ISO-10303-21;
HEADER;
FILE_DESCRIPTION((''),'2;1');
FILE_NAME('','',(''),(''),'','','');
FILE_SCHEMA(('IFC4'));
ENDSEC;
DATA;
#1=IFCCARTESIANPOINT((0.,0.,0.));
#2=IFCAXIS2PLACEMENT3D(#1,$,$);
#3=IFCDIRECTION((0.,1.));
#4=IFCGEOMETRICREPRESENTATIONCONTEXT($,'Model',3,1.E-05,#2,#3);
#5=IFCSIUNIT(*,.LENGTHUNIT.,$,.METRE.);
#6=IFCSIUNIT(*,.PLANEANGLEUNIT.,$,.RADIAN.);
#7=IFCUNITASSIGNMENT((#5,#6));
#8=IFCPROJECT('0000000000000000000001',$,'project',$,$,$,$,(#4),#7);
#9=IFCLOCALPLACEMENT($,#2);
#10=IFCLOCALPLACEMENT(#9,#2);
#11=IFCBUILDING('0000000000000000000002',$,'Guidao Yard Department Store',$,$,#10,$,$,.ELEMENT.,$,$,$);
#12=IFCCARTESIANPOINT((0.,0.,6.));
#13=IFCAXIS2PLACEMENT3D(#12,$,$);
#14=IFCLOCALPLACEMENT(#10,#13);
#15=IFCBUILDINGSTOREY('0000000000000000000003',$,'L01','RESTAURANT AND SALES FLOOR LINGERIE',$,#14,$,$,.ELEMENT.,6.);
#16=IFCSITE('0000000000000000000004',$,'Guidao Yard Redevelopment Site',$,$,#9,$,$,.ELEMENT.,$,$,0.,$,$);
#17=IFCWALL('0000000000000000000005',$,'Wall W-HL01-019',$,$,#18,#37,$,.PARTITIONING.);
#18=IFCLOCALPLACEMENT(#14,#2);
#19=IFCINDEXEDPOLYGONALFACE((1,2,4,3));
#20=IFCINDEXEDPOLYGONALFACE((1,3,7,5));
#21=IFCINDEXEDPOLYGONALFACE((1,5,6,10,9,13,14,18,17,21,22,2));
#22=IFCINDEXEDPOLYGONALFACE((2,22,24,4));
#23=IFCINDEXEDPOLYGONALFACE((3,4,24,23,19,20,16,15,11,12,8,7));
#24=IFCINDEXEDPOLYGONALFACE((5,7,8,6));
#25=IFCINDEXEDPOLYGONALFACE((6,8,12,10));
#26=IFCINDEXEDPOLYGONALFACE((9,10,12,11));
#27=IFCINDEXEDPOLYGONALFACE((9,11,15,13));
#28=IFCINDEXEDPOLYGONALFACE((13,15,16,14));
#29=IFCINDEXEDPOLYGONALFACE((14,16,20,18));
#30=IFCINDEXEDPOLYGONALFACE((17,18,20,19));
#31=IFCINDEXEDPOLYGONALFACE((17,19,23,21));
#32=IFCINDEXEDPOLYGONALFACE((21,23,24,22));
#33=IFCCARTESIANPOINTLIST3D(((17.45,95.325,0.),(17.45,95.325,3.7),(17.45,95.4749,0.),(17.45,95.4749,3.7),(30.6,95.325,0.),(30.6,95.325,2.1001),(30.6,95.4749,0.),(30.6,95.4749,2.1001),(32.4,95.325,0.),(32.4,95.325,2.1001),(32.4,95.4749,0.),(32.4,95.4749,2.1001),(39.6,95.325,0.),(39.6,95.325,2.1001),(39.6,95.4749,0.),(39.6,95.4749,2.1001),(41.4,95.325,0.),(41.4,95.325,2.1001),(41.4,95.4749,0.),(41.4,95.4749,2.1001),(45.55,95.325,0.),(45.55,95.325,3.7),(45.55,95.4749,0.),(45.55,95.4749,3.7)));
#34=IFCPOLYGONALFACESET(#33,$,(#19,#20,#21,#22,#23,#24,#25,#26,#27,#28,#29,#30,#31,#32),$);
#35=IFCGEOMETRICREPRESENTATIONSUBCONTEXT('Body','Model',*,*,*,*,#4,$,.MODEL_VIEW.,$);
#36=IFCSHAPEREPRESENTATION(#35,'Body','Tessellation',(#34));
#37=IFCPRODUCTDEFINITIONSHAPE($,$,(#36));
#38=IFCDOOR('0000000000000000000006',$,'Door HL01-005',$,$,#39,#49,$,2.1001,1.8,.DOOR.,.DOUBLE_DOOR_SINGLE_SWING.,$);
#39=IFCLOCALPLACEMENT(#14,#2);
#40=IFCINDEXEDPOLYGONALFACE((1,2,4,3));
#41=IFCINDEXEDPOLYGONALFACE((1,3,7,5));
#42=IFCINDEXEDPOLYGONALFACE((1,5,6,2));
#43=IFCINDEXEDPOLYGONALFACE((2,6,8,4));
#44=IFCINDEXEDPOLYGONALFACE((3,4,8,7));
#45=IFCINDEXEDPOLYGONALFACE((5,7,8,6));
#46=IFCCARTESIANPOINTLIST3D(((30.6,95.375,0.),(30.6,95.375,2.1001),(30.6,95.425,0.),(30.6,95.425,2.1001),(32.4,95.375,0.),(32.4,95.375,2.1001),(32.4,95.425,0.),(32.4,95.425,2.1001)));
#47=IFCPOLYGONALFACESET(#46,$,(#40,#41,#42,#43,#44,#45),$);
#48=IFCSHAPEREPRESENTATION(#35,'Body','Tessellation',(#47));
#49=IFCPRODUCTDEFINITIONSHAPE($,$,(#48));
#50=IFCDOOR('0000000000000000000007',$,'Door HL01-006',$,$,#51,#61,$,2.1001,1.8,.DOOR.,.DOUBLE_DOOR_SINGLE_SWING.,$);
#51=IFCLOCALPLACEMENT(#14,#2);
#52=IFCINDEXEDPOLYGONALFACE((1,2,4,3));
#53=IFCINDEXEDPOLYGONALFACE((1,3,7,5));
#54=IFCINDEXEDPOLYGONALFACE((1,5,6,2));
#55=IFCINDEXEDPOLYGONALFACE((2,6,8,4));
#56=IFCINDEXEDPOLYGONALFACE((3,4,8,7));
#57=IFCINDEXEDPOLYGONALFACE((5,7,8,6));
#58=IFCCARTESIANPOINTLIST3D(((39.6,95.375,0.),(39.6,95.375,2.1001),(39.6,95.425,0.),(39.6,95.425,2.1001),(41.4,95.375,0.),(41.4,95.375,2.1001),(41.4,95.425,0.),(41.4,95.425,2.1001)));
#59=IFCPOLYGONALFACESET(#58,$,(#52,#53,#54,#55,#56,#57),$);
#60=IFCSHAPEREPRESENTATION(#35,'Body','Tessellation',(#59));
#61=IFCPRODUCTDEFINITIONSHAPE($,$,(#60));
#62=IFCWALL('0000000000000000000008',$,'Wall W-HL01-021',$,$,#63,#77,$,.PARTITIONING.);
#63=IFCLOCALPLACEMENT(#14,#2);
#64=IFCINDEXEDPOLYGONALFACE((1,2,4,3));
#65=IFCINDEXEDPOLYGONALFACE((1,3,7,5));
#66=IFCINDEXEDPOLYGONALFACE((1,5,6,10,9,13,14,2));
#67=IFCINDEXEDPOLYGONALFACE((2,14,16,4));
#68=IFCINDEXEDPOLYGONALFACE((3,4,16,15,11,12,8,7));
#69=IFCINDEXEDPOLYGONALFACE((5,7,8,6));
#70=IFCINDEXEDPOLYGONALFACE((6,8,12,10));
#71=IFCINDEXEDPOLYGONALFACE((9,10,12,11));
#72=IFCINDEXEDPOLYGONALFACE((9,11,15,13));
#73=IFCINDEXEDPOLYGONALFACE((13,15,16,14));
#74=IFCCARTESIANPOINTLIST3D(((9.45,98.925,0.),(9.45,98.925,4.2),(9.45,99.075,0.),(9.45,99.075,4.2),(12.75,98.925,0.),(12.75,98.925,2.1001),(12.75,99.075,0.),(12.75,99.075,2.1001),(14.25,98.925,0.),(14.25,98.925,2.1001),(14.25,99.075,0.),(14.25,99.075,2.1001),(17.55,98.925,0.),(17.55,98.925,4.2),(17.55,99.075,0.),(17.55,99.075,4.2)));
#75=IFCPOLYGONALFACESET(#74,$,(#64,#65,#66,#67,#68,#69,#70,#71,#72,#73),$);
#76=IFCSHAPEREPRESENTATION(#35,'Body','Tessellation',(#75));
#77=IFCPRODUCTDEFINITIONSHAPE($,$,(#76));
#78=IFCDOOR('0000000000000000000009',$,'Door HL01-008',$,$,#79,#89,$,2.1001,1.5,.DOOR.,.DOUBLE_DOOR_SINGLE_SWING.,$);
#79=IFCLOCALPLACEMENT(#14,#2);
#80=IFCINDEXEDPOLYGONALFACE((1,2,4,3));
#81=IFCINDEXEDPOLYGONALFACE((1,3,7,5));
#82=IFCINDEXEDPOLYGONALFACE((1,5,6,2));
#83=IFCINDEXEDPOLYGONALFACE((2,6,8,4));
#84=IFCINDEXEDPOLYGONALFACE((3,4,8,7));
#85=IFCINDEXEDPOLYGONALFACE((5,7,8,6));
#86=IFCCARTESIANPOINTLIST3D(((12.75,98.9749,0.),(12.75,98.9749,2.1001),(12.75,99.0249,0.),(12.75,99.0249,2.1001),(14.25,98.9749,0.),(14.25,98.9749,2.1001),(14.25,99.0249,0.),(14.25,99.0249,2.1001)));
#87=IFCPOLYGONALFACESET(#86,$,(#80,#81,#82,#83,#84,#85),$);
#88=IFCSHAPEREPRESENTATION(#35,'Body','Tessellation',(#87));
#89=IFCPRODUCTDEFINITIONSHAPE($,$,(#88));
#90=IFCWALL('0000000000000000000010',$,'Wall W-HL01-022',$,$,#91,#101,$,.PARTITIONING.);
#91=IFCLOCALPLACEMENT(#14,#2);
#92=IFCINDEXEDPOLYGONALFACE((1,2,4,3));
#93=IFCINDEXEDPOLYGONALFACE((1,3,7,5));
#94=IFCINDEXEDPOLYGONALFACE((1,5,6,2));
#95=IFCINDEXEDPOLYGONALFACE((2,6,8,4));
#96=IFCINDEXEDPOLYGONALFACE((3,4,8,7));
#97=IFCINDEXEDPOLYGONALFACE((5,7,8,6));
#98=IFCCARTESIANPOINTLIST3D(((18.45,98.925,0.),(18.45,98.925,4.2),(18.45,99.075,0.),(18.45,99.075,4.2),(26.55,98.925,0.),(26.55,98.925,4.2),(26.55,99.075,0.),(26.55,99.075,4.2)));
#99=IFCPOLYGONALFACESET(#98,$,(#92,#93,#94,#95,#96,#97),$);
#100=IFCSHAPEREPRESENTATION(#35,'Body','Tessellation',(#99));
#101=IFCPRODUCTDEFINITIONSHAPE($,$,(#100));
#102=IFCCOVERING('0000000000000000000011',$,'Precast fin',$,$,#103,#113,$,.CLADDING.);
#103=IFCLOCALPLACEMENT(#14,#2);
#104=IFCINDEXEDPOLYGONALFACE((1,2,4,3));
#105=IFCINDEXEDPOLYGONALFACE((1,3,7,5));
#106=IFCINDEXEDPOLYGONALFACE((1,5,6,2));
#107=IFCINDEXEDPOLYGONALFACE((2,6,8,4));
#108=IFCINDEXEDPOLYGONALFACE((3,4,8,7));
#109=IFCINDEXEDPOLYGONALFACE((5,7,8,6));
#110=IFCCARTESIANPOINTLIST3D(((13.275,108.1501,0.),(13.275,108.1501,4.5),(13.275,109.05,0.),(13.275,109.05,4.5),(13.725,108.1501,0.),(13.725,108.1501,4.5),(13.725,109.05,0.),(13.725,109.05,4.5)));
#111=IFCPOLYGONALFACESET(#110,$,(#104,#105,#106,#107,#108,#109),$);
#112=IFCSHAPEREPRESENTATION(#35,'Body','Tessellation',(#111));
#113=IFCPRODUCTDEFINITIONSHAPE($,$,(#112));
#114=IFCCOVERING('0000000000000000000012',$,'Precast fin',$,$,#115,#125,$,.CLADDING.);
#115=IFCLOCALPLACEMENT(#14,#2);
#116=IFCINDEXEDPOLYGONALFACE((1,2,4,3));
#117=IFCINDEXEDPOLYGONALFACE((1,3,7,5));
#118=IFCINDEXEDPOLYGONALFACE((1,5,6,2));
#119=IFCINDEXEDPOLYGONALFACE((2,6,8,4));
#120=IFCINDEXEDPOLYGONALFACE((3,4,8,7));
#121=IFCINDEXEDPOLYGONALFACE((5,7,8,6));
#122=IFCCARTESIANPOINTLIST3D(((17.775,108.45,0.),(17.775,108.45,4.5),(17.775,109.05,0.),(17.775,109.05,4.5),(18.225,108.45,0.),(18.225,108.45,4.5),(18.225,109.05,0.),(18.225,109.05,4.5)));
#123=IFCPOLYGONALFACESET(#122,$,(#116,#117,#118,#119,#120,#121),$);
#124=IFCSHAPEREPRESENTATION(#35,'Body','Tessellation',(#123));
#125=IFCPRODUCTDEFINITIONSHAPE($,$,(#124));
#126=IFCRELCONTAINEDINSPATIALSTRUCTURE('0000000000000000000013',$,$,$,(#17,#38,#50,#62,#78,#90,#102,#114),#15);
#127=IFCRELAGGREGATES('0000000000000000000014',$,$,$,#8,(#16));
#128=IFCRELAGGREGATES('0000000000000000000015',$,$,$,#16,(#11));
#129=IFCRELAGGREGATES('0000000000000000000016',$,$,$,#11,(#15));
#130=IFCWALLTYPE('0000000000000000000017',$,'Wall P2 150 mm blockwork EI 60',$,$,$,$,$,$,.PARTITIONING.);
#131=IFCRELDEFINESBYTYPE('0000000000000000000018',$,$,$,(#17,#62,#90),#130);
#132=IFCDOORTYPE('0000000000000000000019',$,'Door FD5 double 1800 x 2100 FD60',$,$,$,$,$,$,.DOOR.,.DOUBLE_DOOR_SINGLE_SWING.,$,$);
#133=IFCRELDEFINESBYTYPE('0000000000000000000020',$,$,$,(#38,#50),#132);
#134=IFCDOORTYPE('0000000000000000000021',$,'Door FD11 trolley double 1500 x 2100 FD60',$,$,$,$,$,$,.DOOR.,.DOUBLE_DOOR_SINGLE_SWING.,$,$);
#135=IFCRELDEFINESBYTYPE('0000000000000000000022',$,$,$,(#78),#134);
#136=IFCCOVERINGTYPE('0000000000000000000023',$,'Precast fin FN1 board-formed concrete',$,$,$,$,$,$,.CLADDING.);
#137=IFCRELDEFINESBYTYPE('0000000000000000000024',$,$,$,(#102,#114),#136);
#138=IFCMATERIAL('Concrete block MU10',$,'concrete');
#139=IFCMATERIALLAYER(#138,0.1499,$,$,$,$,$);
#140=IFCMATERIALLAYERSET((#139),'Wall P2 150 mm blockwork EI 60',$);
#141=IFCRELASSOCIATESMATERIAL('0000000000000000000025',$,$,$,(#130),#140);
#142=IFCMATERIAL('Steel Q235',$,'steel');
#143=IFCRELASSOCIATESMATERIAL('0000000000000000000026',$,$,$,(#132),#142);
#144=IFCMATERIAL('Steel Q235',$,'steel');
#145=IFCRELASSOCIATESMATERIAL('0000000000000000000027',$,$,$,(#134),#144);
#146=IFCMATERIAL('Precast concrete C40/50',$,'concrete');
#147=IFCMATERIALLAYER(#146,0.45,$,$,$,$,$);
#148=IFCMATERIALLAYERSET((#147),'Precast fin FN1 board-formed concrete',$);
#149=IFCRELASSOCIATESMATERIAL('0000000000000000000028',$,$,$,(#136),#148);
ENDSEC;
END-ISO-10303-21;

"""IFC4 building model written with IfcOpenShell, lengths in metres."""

from ifc_helpers import new_model, si_unit, direction, frame, frame_2d, origin, origin_2d, place, context, subcontext, project, spatial, rectangle, extrude, material, layer, layer_set, type_object, element, fill, save


model = new_model("IFC4")

# Units and contexts
model_context = context("Model", 3, precision=1e-05, world=origin(), true_north=direction((0.0, 1.0)))
body_context = subcontext(model_context, "Body", "Model", "MODEL_VIEW")
ifc_project = project(units=[si_unit("LENGTHUNIT", "METRE"), si_unit("PLANEANGLEUNIT", "RADIAN")], contexts=[model_context])

# Site, building, storey
site_placement = place(None, origin())
site = spatial("IfcSite", under=ifc_project, at=site_placement, Name="Guidao Yard Redevelopment Site", CompositionType="ELEMENT", RefElevation=0.0)
building_placement = place(site_placement, origin())
building = spatial("IfcBuilding", under=site, at=building_placement, Name="Guidao Yard Department Store", CompositionType="ELEMENT")
storey_placement = place(building_placement, frame((0.0, 0.0, 6.0)))
storey = spatial("IfcBuildingStorey", under=building, at=storey_placement, Name="L01", Description="RESTAURANT AND SALES FLOOR LINGERIE", CompositionType="ELEMENT", Elevation=6.0)

# Wall, openings, doors
ifc_material_1 = material(Name="Concrete block MU10", Category="concrete")
ifc_layer_1 = layer(ifc_material_1, 0.1499)
ifc_layer_set_1 = layer_set([ifc_layer_1], Name="Wall P2 150 mm blockwork EI 60")
wall_type_1 = type_object("IfcWallType", Name="Wall P2 150 mm blockwork EI 60", PredefinedType="PARTITIONING", material=ifc_layer_set_1)
wall_1_placement = place(storey_placement, frame((17.45, 95.3999, 0.0), z_axis=(0.0, 0.0, 1.0), x_axis=(1.0, 0.0, 0.0)))
wall_1 = element("IfcWall", 1, at=wall_1_placement, inside=storey, type_object=wall_type_1, Name="Wall W-HL01-019", PredefinedType="PARTITIONING", context=body_context, shape_type="SweptSolid", body=[
    extrude(rectangle(XDim=28.1001, YDim=0.1499, at=frame_2d((14.05, 0.0))), origin(), (0.0, 0.0, 1.0), 3.7),
])
opening_1_placement = place(wall_1_placement, frame((14.95, 0.0, 0.0), z_axis=(0.0, 0.0, 1.0), x_axis=(-1.0, 0.0, 0.0)))
opening_1 = element("IfcOpeningElement", 2, at=opening_1_placement, cuts=wall_1, PredefinedType="OPENING", context=body_context, shape_type="SweptSolid", body=[
    extrude(rectangle(XDim=1.8, YDim=2.1001, at=frame_2d((0.8999, 1.05))), frame((0.0, 0.085, 0.0), z_axis=(0.0, -1.0, 0.0), x_axis=(1.0, 0.0, 0.0)), (0.0, 0.0, 1.0), 0.1699),
])
opening_2_placement = place(wall_1_placement, frame((23.95, 0.0, 0.0), z_axis=(0.0, 0.0, 1.0), x_axis=(-1.0, 0.0, 0.0)))
opening_2 = element("IfcOpeningElement", 3, at=opening_2_placement, cuts=wall_1, PredefinedType="OPENING", context=body_context, shape_type="SweptSolid", body=[
    extrude(rectangle(XDim=1.8, YDim=2.1001, at=frame_2d((0.8999, 1.05))), frame((0.0, 0.085, 0.0), z_axis=(0.0, -1.0, 0.0), x_axis=(1.0, 0.0, 0.0)), (0.0, 0.0, 1.0), 0.1699),
])
ifc_material_2 = material(Name="Steel Q235", Category="steel")
door_type_1 = type_object("IfcDoorType", Name="Door FD5 double 1800 x 2100 FD60", OperationType="DOUBLE_DOOR_SINGLE_SWING", PredefinedType="DOOR", material=ifc_material_2)
door_1_placement = place(opening_1_placement, origin())
door_1 = element("IfcDoor", 4, at=door_1_placement, inside=storey, type_object=door_type_1, Name="Door HL01-005", OperationType="DOUBLE_DOOR_SINGLE_SWING", OverallHeight=2.1001, OverallWidth=1.8, PredefinedType="DOOR", context=body_context, shape_type="SweptSolid", body=[
    extrude(rectangle(XDim=1.8, YDim=2.1001, at=frame_2d((0.8999, 1.05))), frame((0.0, 0.0249, 0.0), z_axis=(0.0, -1.0, 0.0), x_axis=(1.0, 0.0, 0.0)), (0.0, 0.0, 1.0), 0.05),
])
fill(opening_1, door_1)
door_2_placement = place(opening_2_placement, origin())
door_2 = element("IfcDoor", 5, at=door_2_placement, inside=storey, type_object=door_type_1, Name="Door HL01-006", OperationType="DOUBLE_DOOR_SINGLE_SWING", OverallHeight=2.1001, OverallWidth=1.8, PredefinedType="DOOR", context=body_context, shape_type="SweptSolid", body=[
    extrude(rectangle(XDim=1.8, YDim=2.1001, at=frame_2d((0.8999, 1.05))), frame((0.0, 0.0249, 0.0), z_axis=(0.0, -1.0, 0.0), x_axis=(1.0, 0.0, 0.0)), (0.0, 0.0, 1.0), 0.05),
])
fill(opening_2, door_2)

# Wall, opening, door
wall_2_placement = place(storey_placement, frame((9.45, 99.0, 0.0), z_axis=(0.0, 0.0, 1.0), x_axis=(1.0, 0.0, 0.0)))
wall_2 = element("IfcWall", 6, at=wall_2_placement, inside=storey, type_object=wall_type_1, Name="Wall W-HL01-021", PredefinedType="PARTITIONING", context=body_context, shape_type="SweptSolid", body=[
    extrude(rectangle(XDim=8.1001, YDim=0.1499, at=frame_2d((4.05, 0.0))), origin(), (0.0, 0.0, 1.0), 4.2),
])
opening_3_placement = place(wall_2_placement, frame((3.3, 0.0, 0.0)))
opening_3 = element("IfcOpeningElement", 7, at=opening_3_placement, cuts=wall_2, PredefinedType="OPENING", context=body_context, shape_type="SweptSolid", body=[
    extrude(rectangle(XDim=1.5, YDim=2.1001, at=frame_2d((0.75, 1.05))), frame((0.0, 0.085, 0.0), z_axis=(0.0, -1.0, 0.0), x_axis=(1.0, 0.0, 0.0)), (0.0, 0.0, 1.0), 0.1699),
])
ifc_material_3 = material(Name="Steel Q235", Category="steel")
door_type_2 = type_object("IfcDoorType", Name="Door FD11 trolley double 1500 x 2100 FD60", OperationType="DOUBLE_DOOR_SINGLE_SWING", PredefinedType="DOOR", material=ifc_material_3)
door_3_placement = place(opening_3_placement, origin())
door_3 = element("IfcDoor", 8, at=door_3_placement, inside=storey, type_object=door_type_2, Name="Door HL01-008", OperationType="DOUBLE_DOOR_SINGLE_SWING", OverallHeight=2.1001, OverallWidth=1.5, PredefinedType="DOOR", context=body_context, shape_type="SweptSolid", body=[
    extrude(rectangle(XDim=1.5, YDim=2.1001, at=frame_2d((0.75, 1.05))), frame((0.0, 0.0249, 0.0), z_axis=(0.0, -1.0, 0.0), x_axis=(1.0, 0.0, 0.0)), (0.0, 0.0, 1.0), 0.05),
])
fill(opening_3, door_3)

# Wall
wall_3_placement = place(storey_placement, frame((18.45, 99.0, 0.0), z_axis=(0.0, 0.0, 1.0), x_axis=(1.0, 0.0, 0.0)))
element("IfcWall", 9, at=wall_3_placement, inside=storey, type_object=wall_type_1, Name="Wall W-HL01-022", PredefinedType="PARTITIONING", context=body_context, shape_type="SweptSolid", body=[
    extrude(rectangle(XDim=8.1001, YDim=0.1499, at=frame_2d((4.05, 0.0))), origin(), (0.0, 0.0, 1.0), 4.2),
])

# Coverings
ifc_material_4 = material(Name="Precast concrete C40/50", Category="concrete")
ifc_layer_2 = layer(ifc_material_4, 0.45)
ifc_layer_set_2 = layer_set([ifc_layer_2], Name="Precast fin FN1 board-formed concrete")
covering_type = type_object("IfcCoveringType", Name="Precast fin FN1 board-formed concrete", PredefinedType="CLADDING", material=ifc_layer_set_2)
covering_1_placement = place(storey_placement, frame((13.5, 108.6001, 0.0), z_axis=(0.0, 0.0, 1.0), x_axis=(1.0, 0.0, 0.0)))
element("IfcCovering", 10, at=covering_1_placement, inside=storey, type_object=covering_type, Name="Precast fin", PredefinedType="CLADDING", context=body_context, shape_type="SweptSolid", body=[
    extrude(rectangle(XDim=0.45, YDim=0.8999, at=origin_2d()), origin(), (0.0, 0.0, 1.0), 4.5),
])
covering_2_placement = place(storey_placement, frame((18.0, 108.75, 0.0), z_axis=(0.0, 0.0, 1.0), x_axis=(1.0, 0.0, 0.0)))
element("IfcCovering", 11, at=covering_2_placement, inside=storey, type_object=covering_type, Name="Precast fin", PredefinedType="CLADDING", context=body_context, shape_type="SweptSolid", body=[
    extrude(rectangle(XDim=0.45, YDim=0.6001, at=origin_2d()), origin(), (0.0, 0.0, 1.0), 4.5),
])

save(model, "model.ifc")
